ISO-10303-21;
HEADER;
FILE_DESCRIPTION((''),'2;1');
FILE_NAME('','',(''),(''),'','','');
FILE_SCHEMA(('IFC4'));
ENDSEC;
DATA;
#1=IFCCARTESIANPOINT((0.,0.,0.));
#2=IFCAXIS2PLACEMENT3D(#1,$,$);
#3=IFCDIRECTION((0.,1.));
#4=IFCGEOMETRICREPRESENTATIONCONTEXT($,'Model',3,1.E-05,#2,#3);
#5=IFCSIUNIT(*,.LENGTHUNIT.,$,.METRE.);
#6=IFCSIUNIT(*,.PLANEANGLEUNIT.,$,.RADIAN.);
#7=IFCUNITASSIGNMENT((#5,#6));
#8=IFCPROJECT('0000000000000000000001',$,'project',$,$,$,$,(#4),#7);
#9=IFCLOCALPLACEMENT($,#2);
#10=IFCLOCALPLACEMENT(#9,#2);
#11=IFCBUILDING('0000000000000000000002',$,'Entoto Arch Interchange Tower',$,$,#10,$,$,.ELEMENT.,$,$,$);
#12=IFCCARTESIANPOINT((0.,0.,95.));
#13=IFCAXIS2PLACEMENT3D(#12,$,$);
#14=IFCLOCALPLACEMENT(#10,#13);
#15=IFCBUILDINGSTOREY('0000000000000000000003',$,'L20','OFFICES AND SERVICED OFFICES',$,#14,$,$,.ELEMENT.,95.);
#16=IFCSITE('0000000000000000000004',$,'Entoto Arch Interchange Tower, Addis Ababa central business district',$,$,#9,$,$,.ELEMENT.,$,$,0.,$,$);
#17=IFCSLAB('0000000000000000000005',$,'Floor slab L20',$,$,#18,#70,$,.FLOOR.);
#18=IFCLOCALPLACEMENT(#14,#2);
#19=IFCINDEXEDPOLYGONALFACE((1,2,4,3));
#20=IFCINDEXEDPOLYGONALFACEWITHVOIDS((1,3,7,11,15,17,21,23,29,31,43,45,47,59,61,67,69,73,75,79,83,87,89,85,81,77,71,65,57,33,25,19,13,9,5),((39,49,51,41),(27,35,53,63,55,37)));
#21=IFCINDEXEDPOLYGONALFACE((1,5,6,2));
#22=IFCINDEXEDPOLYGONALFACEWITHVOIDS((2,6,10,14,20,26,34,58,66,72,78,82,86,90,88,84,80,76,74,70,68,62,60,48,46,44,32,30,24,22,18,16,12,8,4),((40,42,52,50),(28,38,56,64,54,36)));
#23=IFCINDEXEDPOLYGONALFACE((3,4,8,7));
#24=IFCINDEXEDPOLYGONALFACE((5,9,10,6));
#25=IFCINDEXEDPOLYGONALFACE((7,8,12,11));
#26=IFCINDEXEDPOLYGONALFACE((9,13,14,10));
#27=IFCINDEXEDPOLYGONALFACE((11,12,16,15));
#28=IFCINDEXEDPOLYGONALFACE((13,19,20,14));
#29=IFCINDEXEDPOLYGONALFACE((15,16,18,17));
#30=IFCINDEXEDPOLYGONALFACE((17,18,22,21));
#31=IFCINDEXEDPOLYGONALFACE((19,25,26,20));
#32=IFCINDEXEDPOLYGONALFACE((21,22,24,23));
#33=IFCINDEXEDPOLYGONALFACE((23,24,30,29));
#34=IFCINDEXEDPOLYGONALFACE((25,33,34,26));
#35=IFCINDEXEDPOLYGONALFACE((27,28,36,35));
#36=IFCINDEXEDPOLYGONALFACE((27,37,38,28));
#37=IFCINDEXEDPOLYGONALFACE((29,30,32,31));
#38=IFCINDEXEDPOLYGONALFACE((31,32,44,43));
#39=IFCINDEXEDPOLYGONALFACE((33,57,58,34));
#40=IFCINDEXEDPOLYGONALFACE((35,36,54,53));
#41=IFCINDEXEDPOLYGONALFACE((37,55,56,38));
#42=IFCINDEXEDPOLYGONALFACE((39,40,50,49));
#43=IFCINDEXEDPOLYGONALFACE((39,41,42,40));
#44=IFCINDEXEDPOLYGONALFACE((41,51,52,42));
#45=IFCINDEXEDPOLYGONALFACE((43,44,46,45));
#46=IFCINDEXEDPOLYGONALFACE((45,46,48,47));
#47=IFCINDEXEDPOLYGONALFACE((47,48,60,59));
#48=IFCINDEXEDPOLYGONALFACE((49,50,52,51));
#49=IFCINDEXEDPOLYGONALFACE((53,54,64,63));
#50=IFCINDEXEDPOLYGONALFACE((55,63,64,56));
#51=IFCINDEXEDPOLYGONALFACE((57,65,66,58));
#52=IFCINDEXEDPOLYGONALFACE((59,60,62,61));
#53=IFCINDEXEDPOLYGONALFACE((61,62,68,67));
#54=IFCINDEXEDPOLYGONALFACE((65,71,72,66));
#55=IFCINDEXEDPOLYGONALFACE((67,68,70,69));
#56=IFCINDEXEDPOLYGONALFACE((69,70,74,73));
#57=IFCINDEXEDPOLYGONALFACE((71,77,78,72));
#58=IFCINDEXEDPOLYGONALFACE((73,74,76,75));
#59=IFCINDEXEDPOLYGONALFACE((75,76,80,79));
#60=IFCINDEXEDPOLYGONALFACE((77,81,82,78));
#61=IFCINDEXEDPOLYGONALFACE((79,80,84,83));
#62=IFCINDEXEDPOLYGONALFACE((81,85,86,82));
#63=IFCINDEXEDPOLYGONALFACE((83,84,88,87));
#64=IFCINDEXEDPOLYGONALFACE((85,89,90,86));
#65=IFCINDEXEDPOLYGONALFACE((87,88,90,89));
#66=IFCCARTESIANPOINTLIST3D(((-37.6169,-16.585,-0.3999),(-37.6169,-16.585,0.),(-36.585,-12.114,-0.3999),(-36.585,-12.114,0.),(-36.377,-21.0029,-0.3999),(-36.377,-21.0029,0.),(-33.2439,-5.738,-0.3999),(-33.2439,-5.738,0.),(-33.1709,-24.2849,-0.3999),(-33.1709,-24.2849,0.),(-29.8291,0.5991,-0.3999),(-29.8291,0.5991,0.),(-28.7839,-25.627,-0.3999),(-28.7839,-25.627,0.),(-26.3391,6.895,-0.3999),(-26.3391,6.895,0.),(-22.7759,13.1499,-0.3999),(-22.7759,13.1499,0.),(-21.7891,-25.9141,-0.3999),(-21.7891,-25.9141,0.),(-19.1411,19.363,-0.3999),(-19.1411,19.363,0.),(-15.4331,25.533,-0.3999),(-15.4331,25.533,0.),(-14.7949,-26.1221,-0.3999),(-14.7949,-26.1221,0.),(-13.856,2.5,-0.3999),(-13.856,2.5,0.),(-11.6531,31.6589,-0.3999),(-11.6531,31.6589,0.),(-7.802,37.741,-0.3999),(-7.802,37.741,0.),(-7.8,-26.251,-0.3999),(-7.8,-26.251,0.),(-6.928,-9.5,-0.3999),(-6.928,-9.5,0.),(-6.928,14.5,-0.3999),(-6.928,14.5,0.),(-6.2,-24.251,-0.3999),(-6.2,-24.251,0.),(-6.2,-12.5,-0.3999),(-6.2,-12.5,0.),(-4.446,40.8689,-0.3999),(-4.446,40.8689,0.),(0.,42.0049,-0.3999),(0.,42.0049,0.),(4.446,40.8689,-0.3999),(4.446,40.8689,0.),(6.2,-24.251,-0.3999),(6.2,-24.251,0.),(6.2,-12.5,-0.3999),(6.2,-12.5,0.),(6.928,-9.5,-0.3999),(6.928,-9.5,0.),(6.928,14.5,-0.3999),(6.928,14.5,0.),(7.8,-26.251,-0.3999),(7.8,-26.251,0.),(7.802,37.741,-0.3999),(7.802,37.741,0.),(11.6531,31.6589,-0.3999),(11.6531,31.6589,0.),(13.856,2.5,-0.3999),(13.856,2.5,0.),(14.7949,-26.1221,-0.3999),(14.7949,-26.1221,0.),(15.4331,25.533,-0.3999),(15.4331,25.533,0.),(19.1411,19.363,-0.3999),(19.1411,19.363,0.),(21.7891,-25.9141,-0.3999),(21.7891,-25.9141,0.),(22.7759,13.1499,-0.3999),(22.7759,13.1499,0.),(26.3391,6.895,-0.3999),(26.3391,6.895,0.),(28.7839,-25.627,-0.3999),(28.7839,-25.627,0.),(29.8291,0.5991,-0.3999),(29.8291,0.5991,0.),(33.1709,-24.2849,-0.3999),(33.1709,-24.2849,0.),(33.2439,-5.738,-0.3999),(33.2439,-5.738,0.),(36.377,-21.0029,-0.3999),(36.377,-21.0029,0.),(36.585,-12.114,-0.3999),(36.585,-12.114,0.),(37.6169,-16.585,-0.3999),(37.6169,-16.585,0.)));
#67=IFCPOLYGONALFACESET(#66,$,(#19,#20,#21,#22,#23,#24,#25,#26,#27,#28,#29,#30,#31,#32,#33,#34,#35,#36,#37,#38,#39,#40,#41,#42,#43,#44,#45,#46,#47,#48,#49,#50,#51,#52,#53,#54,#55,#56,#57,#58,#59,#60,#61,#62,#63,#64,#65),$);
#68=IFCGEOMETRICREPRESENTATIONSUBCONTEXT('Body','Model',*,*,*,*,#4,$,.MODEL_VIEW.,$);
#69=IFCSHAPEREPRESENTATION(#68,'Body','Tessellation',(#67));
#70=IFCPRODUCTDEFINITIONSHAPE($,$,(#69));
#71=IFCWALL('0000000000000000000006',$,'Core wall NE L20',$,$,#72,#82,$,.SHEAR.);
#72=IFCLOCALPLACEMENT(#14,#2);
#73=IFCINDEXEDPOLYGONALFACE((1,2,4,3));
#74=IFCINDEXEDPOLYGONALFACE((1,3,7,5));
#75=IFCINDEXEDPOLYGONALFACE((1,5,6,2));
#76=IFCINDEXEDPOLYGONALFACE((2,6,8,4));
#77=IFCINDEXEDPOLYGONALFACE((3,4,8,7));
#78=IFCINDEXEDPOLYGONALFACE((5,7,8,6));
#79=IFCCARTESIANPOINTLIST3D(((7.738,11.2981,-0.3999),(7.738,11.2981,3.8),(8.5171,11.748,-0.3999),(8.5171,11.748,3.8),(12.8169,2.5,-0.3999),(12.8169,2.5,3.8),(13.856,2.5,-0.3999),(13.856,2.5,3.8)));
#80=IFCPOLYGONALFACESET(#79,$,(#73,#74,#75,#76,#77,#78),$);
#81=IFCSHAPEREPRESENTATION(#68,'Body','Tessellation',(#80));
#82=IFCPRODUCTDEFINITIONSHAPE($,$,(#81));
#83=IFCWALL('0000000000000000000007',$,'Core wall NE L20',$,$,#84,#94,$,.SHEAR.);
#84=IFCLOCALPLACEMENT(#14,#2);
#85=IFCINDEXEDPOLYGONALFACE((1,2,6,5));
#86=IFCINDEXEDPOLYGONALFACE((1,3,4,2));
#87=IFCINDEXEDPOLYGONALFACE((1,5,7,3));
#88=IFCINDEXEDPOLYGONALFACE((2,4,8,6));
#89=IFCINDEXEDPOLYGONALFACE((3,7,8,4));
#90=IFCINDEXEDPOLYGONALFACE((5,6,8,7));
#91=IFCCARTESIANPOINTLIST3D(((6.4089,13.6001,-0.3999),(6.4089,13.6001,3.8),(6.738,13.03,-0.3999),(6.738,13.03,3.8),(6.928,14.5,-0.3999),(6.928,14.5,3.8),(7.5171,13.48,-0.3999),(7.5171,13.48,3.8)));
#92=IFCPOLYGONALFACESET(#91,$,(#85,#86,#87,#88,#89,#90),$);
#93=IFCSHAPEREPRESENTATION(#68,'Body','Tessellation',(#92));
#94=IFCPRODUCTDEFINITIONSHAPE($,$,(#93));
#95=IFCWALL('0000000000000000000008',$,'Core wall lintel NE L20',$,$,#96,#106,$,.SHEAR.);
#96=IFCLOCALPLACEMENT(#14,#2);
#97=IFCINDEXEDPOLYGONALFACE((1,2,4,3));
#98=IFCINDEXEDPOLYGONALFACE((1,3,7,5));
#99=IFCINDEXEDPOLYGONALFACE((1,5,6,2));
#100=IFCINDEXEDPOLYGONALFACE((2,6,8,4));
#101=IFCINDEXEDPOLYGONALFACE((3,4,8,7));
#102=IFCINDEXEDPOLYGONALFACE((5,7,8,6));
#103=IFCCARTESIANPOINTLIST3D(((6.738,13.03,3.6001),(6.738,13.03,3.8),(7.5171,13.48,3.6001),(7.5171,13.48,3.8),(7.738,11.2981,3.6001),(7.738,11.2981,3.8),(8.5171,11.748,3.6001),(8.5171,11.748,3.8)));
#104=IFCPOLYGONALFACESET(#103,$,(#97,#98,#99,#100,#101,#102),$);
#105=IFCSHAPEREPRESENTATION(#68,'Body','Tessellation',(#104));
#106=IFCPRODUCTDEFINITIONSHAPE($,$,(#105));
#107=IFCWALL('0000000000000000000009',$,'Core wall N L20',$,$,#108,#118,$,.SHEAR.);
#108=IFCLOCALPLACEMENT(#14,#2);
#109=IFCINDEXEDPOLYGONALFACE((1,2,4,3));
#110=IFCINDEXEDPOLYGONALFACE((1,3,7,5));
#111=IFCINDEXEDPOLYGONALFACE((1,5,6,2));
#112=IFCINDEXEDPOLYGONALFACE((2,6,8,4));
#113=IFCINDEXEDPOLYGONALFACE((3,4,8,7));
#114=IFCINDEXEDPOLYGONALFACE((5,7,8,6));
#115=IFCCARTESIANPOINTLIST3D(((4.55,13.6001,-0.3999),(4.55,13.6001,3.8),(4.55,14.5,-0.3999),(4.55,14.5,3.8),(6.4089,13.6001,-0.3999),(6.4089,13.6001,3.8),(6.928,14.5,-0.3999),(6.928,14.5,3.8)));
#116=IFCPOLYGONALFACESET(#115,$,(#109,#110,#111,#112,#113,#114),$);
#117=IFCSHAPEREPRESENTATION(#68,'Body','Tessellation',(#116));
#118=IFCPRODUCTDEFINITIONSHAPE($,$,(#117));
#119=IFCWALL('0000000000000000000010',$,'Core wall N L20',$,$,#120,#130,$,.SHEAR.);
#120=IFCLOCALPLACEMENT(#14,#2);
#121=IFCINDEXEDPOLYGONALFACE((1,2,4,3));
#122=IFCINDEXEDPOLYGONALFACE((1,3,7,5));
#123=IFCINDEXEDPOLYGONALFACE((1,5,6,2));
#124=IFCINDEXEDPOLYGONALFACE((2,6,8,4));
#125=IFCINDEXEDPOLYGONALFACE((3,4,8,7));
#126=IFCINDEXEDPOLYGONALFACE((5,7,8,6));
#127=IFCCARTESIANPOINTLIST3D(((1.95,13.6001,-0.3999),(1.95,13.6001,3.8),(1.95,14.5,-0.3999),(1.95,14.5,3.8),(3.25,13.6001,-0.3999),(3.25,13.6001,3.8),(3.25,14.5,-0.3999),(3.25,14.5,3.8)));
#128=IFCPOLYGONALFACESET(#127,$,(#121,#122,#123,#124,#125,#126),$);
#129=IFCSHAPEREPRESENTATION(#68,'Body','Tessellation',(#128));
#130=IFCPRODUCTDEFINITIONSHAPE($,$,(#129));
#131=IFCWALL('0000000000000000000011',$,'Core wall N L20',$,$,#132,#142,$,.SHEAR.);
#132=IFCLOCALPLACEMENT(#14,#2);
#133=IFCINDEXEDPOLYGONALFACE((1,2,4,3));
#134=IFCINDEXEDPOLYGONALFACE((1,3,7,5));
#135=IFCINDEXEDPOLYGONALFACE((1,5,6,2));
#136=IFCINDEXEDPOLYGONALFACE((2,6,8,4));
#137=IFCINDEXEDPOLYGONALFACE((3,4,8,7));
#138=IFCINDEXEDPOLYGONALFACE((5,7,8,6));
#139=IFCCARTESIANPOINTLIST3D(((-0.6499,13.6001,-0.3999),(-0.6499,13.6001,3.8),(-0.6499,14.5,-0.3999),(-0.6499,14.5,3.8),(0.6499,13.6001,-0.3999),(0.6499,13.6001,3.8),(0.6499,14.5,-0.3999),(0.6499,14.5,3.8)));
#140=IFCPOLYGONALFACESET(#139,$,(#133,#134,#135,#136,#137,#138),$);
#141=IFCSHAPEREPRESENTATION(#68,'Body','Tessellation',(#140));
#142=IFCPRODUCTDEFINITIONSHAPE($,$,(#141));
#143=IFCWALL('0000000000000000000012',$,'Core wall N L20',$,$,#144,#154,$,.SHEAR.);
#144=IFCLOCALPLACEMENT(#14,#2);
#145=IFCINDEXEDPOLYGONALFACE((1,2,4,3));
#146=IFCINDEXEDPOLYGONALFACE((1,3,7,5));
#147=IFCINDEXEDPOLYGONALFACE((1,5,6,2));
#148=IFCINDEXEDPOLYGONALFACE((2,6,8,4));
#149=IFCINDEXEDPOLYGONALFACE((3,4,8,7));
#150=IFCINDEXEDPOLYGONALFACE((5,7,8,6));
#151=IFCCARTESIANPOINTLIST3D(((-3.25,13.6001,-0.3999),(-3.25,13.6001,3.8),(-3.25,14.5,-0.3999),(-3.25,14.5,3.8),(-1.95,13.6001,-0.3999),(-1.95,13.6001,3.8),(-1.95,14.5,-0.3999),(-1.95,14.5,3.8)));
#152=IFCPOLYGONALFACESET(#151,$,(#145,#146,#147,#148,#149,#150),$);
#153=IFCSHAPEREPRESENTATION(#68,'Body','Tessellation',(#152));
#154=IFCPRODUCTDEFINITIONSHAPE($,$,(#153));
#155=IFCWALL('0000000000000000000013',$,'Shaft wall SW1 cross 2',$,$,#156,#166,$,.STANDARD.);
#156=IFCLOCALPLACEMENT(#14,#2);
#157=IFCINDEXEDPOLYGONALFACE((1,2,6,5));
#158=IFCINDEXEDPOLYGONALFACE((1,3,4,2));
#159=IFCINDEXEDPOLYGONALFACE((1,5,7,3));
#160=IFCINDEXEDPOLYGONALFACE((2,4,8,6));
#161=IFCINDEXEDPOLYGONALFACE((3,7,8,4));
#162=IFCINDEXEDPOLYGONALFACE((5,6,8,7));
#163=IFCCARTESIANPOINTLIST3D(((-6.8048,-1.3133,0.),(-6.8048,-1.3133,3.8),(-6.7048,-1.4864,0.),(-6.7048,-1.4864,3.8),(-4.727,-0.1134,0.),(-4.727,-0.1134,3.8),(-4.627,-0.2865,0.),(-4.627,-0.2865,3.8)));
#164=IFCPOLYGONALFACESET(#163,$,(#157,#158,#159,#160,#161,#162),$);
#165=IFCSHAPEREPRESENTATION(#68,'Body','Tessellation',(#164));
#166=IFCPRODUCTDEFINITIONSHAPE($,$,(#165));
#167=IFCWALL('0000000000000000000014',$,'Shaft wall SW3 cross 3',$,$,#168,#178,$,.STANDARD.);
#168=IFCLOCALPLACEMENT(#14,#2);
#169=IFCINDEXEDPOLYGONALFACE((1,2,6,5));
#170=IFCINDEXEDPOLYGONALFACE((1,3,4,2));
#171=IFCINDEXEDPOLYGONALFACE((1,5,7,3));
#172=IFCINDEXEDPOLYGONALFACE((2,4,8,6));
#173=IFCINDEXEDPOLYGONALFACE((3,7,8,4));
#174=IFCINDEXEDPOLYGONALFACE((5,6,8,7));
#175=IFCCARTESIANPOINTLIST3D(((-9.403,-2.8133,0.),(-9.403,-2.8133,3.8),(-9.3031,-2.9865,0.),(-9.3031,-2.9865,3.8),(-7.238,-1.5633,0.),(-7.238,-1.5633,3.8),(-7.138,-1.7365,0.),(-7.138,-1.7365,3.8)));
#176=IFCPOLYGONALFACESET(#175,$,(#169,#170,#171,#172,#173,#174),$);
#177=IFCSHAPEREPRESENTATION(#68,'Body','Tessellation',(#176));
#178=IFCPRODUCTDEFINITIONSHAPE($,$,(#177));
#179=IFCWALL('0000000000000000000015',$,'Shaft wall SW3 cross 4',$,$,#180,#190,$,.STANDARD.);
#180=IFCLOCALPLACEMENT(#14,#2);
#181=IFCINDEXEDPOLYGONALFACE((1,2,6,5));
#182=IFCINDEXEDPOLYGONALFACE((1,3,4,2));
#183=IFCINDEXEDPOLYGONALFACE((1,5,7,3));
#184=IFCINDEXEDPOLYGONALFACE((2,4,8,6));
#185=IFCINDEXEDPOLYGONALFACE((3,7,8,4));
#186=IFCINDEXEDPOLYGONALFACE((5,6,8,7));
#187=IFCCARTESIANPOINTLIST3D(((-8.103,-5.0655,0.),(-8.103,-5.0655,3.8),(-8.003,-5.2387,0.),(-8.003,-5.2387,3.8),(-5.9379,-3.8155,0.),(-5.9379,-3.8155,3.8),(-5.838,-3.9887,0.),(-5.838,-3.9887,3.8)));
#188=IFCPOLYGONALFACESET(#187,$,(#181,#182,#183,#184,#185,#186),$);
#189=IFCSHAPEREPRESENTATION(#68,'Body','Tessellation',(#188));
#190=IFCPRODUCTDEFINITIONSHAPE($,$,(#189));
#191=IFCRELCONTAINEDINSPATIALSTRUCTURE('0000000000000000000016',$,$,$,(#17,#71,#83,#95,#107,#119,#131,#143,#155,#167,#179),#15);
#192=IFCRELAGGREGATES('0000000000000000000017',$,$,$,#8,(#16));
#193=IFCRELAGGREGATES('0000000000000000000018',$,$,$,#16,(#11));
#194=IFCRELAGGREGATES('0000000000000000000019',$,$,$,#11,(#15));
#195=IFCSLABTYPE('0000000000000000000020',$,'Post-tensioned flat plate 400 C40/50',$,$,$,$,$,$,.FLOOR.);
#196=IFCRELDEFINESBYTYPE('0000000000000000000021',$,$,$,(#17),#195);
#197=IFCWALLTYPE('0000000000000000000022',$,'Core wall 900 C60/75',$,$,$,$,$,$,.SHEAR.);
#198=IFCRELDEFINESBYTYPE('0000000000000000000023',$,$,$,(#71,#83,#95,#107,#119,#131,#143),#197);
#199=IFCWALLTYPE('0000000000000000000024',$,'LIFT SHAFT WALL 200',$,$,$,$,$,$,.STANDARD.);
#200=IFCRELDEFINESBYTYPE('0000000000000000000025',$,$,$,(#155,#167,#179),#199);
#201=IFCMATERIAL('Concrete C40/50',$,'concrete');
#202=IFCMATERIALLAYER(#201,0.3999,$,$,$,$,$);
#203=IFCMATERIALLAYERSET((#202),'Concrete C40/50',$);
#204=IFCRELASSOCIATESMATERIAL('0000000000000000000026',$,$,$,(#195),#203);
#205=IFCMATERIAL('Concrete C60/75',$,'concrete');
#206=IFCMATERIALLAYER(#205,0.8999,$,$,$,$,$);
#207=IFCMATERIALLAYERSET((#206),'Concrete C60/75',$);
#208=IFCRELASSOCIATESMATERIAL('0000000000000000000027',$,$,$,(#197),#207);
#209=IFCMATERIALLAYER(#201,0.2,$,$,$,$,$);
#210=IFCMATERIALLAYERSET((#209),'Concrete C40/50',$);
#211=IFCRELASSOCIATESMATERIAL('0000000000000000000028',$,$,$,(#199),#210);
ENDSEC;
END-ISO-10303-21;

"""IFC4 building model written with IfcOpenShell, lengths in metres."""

from ifc_helpers import new_model, si_unit, direction, frame, frame_2d, origin, place, context, subcontext, project, spatial, polyline, rectangle, outline, extrude, material, layer, layer_set, type_object, element, save


model = new_model("IFC4")

# Units and contexts
model_context = context("Model", 3, precision=1e-05, world=origin(), true_north=direction((0.0, 1.0)))
body_context = subcontext(model_context, "Body", "Model", "MODEL_VIEW")
ifc_project = project(units=[si_unit("LENGTHUNIT", "METRE"), si_unit("PLANEANGLEUNIT", "RADIAN")], contexts=[model_context])

# Site, building, storey
site_placement = place(None, origin())
site = spatial("IfcSite", under=ifc_project, at=site_placement, Name="Entoto Arch Interchange Tower, Addis Ababa central business district", CompositionType="ELEMENT", RefElevation=0.0)
building_placement = place(site_placement, origin())
building = spatial("IfcBuilding", under=site, at=building_placement, Name="Entoto Arch Interchange Tower", CompositionType="ELEMENT")
storey_placement = place(building_placement, frame((0.0, 0.0, 95.0)))
storey = spatial("IfcBuildingStorey", under=building, at=storey_placement, Name="L20", Description="OFFICES AND SERVICED OFFICES", CompositionType="ELEMENT", Elevation=95.0)

# Slab
ifc_material_1 = material(Name="Concrete C40/50", Category="concrete")
ifc_layer_1 = layer(ifc_material_1, 0.3999)
ifc_layer_set_1 = layer_set([ifc_layer_1], Name="Concrete C40/50")
slab_type = type_object("IfcSlabType", Name="Post-tensioned flat plate 400 C40/50", PredefinedType="FLOOR", material=ifc_layer_set_1)
slab_placement = place(storey_placement, frame((0.0, 0.0, -0.3999)))
element("IfcSlab", 1, at=slab_placement, inside=storey, type_object=slab_type, Name="Floor slab L20", PredefinedType="FLOOR", context=body_context, shape_type="SweptSolid", body=[
    extrude(outline(polyline([(-28.7839, -25.627), (-21.7891, -25.9141), (-14.7949, -26.1221), (-7.8, -26.251), (7.8, -26.251), (14.7949, -26.1221), (21.7891, -25.9141), (28.7839, -25.627), (33.1709, -24.2849), (36.377, -21.0029), (37.6169, -16.585), (36.585, -12.114), (33.2439, -5.738), (29.8291, 0.5991), (26.3391, 6.895), (22.7759, 13.1499), (19.1411, 19.363), (15.4331, 25.533), (11.6531, 31.6589), (7.802, 37.741), (4.446, 40.8689), (0.0, 42.0049), (-4.446, 40.8689), (-7.802, 37.741), (-11.6531, 31.6589), (-15.4331, 25.533), (-19.1411, 19.363), (-22.7759, 13.1499), (-26.3391, 6.895), (-29.8291, 0.5991), (-33.2439, -5.738), (-36.585, -12.114), (-37.6169, -16.585), (-36.377, -21.0029), (-33.1709, -24.2849), (-28.7839, -25.627)]), holes=[polyline([(6.2, -24.251), (6.2, -12.5), (-6.2, -12.5), (-6.2, -24.251), (6.2, -24.251)]), polyline([(13.856, 2.5), (6.928, 14.5), (-6.928, 14.5), (-13.856, 2.5), (-6.928, -9.5), (6.928, -9.5), (13.856, 2.5)])]), origin(), (0.0, 0.0, 1.0), 0.3999),
])

# Walls
ifc_material_2 = material(Name="Concrete C60/75", Category="concrete")
ifc_layer_2 = layer(ifc_material_2, 0.8999)
ifc_layer_set_2 = layer_set([ifc_layer_2], Name="Concrete C60/75")
wall_type_1 = type_object("IfcWallType", Name="Core wall 900 C60/75", PredefinedType="SHEAR", material=ifc_layer_set_2)
wall_1_placement = place(storey_placement, frame((0.0, 0.0, -0.3999)))
element("IfcWall", 2, at=wall_1_placement, inside=storey, type_object=wall_type_1, Name="Core wall NE L20", PredefinedType="SHEAR", context=body_context, shape_type="SweptSolid", body=[
    extrude(outline(polyline([(8.5171, 11.748), (7.738, 11.2981), (12.8169, 2.5), (13.856, 2.5), (8.5171, 11.748)])), origin(), (0.0, 0.0, 1.0), 4.2),
])
wall_2_placement = place(storey_placement, frame((0.0, 0.0, -0.3999)))
element("IfcWall", 3, at=wall_2_placement, inside=storey, type_object=wall_type_1, Name="Core wall NE L20", PredefinedType="SHEAR", context=body_context, shape_type="SweptSolid", body=[
    extrude(outline(polyline([(6.738, 13.03), (7.5171, 13.48), (6.928, 14.5), (6.4089, 13.6001), (6.738, 13.03)])), origin(), (0.0, 0.0, 1.0), 4.2),
])
wall_3_placement = place(storey_placement, frame((0.0, 0.0, 3.6001)))
element("IfcWall", 4, at=wall_3_placement, inside=storey, type_object=wall_type_1, Name="Core wall lintel NE L20", PredefinedType="SHEAR", context=body_context, shape_type="SweptSolid", body=[
    extrude(outline(polyline([(7.5171, 13.48), (6.738, 13.03), (7.738, 11.2981), (8.5171, 11.748), (7.5171, 13.48)])), origin(), (0.0, 0.0, 1.0), 0.2),
])
wall_4_placement = place(storey_placement, frame((0.0, 0.0, -0.3999)))
element("IfcWall", 5, at=wall_4_placement, inside=storey, type_object=wall_type_1, Name="Core wall N L20", PredefinedType="SHEAR", context=body_context, shape_type="SweptSolid", body=[
    extrude(outline(polyline([(4.55, 14.5), (4.55, 13.6001), (6.4089, 13.6001), (6.928, 14.5), (4.55, 14.5)])), origin(), (0.0, 0.0, 1.0), 4.2),
])
wall_5_placement = place(storey_placement, frame((0.0, 0.0, -0.3999)))
element("IfcWall", 6, at=wall_5_placement, inside=storey, type_object=wall_type_1, Name="Core wall N L20", PredefinedType="SHEAR", context=body_context, shape_type="SweptSolid", body=[
    extrude(outline(polyline([(1.95, 14.5), (1.95, 13.6001), (3.25, 13.6001), (3.25, 14.5), (1.95, 14.5)])), origin(), (0.0, 0.0, 1.0), 4.2),
])
wall_6_placement = place(storey_placement, frame((0.0, 0.0, -0.3999)))
element("IfcWall", 7, at=wall_6_placement, inside=storey, type_object=wall_type_1, Name="Core wall N L20", PredefinedType="SHEAR", context=body_context, shape_type="SweptSolid", body=[
    extrude(outline(polyline([(-0.6499, 14.5), (-0.6499, 13.6001), (0.6499, 13.6001), (0.6499, 14.5), (-0.6499, 14.5)])), origin(), (0.0, 0.0, 1.0), 4.2),
])
wall_7_placement = place(storey_placement, frame((0.0, 0.0, -0.3999)))
element("IfcWall", 8, at=wall_7_placement, inside=storey, type_object=wall_type_1, Name="Core wall N L20", PredefinedType="SHEAR", context=body_context, shape_type="SweptSolid", body=[
    extrude(outline(polyline([(-3.25, 14.5), (-3.25, 13.6001), (-1.95, 13.6001), (-1.95, 14.5), (-3.25, 14.5)])), origin(), (0.0, 0.0, 1.0), 4.2),
])
ifc_layer_3 = layer(ifc_material_1, 0.2)
ifc_layer_set_3 = layer_set([ifc_layer_3], Name="Concrete C40/50")
wall_type_2 = type_object("IfcWallType", Name="LIFT SHAFT WALL 200", PredefinedType="STANDARD", material=ifc_layer_set_3)
wall_8_placement = place(storey_placement, frame((-4.677, -0.2, 0.0), z_axis=(0.0, 0.0, 1.0), x_axis=(-0.865974, -0.500089, 0.0)))
element("IfcWall", 9, at=wall_8_placement, inside=storey, type_object=wall_type_2, Name="Shaft wall SW1 cross 2", PredefinedType="STANDARD", context=body_context, shape_type="SweptSolid", body=[
    extrude(rectangle(XDim=2.3994, YDim=0.2, at=frame_2d((1.1997, 0.0))), origin(), (0.0, 0.0, 1.0), 3.8),
])
for number, where, z_axis, x_axis, name in (
    (10, (-7.188, -1.6499, 0.0), (0.0, 0.0, 1.0), (-0.866023, -0.500004, 0.0), "Shaft wall SW3 cross 3"),
    (11, (-5.8879, -3.9021, 0.0), (0.0, 0.0, 1.0), (-0.866023, -0.500004, 0.0), "Shaft wall SW3 cross 4"),
):
    element("IfcWall", number, at=place(storey_placement, frame(where, z_axis=z_axis, x_axis=x_axis)), inside=storey, type_object=wall_type_2, Name=name, PredefinedType="STANDARD", context=body_context, shape_type="SweptSolid", body=[
        extrude(rectangle(XDim=2.5, YDim=0.2, at=frame_2d((1.25, 0.0))), origin(), (0.0, 0.0, 1.0), 3.8),
    ])

save(model, "model.ifc")
